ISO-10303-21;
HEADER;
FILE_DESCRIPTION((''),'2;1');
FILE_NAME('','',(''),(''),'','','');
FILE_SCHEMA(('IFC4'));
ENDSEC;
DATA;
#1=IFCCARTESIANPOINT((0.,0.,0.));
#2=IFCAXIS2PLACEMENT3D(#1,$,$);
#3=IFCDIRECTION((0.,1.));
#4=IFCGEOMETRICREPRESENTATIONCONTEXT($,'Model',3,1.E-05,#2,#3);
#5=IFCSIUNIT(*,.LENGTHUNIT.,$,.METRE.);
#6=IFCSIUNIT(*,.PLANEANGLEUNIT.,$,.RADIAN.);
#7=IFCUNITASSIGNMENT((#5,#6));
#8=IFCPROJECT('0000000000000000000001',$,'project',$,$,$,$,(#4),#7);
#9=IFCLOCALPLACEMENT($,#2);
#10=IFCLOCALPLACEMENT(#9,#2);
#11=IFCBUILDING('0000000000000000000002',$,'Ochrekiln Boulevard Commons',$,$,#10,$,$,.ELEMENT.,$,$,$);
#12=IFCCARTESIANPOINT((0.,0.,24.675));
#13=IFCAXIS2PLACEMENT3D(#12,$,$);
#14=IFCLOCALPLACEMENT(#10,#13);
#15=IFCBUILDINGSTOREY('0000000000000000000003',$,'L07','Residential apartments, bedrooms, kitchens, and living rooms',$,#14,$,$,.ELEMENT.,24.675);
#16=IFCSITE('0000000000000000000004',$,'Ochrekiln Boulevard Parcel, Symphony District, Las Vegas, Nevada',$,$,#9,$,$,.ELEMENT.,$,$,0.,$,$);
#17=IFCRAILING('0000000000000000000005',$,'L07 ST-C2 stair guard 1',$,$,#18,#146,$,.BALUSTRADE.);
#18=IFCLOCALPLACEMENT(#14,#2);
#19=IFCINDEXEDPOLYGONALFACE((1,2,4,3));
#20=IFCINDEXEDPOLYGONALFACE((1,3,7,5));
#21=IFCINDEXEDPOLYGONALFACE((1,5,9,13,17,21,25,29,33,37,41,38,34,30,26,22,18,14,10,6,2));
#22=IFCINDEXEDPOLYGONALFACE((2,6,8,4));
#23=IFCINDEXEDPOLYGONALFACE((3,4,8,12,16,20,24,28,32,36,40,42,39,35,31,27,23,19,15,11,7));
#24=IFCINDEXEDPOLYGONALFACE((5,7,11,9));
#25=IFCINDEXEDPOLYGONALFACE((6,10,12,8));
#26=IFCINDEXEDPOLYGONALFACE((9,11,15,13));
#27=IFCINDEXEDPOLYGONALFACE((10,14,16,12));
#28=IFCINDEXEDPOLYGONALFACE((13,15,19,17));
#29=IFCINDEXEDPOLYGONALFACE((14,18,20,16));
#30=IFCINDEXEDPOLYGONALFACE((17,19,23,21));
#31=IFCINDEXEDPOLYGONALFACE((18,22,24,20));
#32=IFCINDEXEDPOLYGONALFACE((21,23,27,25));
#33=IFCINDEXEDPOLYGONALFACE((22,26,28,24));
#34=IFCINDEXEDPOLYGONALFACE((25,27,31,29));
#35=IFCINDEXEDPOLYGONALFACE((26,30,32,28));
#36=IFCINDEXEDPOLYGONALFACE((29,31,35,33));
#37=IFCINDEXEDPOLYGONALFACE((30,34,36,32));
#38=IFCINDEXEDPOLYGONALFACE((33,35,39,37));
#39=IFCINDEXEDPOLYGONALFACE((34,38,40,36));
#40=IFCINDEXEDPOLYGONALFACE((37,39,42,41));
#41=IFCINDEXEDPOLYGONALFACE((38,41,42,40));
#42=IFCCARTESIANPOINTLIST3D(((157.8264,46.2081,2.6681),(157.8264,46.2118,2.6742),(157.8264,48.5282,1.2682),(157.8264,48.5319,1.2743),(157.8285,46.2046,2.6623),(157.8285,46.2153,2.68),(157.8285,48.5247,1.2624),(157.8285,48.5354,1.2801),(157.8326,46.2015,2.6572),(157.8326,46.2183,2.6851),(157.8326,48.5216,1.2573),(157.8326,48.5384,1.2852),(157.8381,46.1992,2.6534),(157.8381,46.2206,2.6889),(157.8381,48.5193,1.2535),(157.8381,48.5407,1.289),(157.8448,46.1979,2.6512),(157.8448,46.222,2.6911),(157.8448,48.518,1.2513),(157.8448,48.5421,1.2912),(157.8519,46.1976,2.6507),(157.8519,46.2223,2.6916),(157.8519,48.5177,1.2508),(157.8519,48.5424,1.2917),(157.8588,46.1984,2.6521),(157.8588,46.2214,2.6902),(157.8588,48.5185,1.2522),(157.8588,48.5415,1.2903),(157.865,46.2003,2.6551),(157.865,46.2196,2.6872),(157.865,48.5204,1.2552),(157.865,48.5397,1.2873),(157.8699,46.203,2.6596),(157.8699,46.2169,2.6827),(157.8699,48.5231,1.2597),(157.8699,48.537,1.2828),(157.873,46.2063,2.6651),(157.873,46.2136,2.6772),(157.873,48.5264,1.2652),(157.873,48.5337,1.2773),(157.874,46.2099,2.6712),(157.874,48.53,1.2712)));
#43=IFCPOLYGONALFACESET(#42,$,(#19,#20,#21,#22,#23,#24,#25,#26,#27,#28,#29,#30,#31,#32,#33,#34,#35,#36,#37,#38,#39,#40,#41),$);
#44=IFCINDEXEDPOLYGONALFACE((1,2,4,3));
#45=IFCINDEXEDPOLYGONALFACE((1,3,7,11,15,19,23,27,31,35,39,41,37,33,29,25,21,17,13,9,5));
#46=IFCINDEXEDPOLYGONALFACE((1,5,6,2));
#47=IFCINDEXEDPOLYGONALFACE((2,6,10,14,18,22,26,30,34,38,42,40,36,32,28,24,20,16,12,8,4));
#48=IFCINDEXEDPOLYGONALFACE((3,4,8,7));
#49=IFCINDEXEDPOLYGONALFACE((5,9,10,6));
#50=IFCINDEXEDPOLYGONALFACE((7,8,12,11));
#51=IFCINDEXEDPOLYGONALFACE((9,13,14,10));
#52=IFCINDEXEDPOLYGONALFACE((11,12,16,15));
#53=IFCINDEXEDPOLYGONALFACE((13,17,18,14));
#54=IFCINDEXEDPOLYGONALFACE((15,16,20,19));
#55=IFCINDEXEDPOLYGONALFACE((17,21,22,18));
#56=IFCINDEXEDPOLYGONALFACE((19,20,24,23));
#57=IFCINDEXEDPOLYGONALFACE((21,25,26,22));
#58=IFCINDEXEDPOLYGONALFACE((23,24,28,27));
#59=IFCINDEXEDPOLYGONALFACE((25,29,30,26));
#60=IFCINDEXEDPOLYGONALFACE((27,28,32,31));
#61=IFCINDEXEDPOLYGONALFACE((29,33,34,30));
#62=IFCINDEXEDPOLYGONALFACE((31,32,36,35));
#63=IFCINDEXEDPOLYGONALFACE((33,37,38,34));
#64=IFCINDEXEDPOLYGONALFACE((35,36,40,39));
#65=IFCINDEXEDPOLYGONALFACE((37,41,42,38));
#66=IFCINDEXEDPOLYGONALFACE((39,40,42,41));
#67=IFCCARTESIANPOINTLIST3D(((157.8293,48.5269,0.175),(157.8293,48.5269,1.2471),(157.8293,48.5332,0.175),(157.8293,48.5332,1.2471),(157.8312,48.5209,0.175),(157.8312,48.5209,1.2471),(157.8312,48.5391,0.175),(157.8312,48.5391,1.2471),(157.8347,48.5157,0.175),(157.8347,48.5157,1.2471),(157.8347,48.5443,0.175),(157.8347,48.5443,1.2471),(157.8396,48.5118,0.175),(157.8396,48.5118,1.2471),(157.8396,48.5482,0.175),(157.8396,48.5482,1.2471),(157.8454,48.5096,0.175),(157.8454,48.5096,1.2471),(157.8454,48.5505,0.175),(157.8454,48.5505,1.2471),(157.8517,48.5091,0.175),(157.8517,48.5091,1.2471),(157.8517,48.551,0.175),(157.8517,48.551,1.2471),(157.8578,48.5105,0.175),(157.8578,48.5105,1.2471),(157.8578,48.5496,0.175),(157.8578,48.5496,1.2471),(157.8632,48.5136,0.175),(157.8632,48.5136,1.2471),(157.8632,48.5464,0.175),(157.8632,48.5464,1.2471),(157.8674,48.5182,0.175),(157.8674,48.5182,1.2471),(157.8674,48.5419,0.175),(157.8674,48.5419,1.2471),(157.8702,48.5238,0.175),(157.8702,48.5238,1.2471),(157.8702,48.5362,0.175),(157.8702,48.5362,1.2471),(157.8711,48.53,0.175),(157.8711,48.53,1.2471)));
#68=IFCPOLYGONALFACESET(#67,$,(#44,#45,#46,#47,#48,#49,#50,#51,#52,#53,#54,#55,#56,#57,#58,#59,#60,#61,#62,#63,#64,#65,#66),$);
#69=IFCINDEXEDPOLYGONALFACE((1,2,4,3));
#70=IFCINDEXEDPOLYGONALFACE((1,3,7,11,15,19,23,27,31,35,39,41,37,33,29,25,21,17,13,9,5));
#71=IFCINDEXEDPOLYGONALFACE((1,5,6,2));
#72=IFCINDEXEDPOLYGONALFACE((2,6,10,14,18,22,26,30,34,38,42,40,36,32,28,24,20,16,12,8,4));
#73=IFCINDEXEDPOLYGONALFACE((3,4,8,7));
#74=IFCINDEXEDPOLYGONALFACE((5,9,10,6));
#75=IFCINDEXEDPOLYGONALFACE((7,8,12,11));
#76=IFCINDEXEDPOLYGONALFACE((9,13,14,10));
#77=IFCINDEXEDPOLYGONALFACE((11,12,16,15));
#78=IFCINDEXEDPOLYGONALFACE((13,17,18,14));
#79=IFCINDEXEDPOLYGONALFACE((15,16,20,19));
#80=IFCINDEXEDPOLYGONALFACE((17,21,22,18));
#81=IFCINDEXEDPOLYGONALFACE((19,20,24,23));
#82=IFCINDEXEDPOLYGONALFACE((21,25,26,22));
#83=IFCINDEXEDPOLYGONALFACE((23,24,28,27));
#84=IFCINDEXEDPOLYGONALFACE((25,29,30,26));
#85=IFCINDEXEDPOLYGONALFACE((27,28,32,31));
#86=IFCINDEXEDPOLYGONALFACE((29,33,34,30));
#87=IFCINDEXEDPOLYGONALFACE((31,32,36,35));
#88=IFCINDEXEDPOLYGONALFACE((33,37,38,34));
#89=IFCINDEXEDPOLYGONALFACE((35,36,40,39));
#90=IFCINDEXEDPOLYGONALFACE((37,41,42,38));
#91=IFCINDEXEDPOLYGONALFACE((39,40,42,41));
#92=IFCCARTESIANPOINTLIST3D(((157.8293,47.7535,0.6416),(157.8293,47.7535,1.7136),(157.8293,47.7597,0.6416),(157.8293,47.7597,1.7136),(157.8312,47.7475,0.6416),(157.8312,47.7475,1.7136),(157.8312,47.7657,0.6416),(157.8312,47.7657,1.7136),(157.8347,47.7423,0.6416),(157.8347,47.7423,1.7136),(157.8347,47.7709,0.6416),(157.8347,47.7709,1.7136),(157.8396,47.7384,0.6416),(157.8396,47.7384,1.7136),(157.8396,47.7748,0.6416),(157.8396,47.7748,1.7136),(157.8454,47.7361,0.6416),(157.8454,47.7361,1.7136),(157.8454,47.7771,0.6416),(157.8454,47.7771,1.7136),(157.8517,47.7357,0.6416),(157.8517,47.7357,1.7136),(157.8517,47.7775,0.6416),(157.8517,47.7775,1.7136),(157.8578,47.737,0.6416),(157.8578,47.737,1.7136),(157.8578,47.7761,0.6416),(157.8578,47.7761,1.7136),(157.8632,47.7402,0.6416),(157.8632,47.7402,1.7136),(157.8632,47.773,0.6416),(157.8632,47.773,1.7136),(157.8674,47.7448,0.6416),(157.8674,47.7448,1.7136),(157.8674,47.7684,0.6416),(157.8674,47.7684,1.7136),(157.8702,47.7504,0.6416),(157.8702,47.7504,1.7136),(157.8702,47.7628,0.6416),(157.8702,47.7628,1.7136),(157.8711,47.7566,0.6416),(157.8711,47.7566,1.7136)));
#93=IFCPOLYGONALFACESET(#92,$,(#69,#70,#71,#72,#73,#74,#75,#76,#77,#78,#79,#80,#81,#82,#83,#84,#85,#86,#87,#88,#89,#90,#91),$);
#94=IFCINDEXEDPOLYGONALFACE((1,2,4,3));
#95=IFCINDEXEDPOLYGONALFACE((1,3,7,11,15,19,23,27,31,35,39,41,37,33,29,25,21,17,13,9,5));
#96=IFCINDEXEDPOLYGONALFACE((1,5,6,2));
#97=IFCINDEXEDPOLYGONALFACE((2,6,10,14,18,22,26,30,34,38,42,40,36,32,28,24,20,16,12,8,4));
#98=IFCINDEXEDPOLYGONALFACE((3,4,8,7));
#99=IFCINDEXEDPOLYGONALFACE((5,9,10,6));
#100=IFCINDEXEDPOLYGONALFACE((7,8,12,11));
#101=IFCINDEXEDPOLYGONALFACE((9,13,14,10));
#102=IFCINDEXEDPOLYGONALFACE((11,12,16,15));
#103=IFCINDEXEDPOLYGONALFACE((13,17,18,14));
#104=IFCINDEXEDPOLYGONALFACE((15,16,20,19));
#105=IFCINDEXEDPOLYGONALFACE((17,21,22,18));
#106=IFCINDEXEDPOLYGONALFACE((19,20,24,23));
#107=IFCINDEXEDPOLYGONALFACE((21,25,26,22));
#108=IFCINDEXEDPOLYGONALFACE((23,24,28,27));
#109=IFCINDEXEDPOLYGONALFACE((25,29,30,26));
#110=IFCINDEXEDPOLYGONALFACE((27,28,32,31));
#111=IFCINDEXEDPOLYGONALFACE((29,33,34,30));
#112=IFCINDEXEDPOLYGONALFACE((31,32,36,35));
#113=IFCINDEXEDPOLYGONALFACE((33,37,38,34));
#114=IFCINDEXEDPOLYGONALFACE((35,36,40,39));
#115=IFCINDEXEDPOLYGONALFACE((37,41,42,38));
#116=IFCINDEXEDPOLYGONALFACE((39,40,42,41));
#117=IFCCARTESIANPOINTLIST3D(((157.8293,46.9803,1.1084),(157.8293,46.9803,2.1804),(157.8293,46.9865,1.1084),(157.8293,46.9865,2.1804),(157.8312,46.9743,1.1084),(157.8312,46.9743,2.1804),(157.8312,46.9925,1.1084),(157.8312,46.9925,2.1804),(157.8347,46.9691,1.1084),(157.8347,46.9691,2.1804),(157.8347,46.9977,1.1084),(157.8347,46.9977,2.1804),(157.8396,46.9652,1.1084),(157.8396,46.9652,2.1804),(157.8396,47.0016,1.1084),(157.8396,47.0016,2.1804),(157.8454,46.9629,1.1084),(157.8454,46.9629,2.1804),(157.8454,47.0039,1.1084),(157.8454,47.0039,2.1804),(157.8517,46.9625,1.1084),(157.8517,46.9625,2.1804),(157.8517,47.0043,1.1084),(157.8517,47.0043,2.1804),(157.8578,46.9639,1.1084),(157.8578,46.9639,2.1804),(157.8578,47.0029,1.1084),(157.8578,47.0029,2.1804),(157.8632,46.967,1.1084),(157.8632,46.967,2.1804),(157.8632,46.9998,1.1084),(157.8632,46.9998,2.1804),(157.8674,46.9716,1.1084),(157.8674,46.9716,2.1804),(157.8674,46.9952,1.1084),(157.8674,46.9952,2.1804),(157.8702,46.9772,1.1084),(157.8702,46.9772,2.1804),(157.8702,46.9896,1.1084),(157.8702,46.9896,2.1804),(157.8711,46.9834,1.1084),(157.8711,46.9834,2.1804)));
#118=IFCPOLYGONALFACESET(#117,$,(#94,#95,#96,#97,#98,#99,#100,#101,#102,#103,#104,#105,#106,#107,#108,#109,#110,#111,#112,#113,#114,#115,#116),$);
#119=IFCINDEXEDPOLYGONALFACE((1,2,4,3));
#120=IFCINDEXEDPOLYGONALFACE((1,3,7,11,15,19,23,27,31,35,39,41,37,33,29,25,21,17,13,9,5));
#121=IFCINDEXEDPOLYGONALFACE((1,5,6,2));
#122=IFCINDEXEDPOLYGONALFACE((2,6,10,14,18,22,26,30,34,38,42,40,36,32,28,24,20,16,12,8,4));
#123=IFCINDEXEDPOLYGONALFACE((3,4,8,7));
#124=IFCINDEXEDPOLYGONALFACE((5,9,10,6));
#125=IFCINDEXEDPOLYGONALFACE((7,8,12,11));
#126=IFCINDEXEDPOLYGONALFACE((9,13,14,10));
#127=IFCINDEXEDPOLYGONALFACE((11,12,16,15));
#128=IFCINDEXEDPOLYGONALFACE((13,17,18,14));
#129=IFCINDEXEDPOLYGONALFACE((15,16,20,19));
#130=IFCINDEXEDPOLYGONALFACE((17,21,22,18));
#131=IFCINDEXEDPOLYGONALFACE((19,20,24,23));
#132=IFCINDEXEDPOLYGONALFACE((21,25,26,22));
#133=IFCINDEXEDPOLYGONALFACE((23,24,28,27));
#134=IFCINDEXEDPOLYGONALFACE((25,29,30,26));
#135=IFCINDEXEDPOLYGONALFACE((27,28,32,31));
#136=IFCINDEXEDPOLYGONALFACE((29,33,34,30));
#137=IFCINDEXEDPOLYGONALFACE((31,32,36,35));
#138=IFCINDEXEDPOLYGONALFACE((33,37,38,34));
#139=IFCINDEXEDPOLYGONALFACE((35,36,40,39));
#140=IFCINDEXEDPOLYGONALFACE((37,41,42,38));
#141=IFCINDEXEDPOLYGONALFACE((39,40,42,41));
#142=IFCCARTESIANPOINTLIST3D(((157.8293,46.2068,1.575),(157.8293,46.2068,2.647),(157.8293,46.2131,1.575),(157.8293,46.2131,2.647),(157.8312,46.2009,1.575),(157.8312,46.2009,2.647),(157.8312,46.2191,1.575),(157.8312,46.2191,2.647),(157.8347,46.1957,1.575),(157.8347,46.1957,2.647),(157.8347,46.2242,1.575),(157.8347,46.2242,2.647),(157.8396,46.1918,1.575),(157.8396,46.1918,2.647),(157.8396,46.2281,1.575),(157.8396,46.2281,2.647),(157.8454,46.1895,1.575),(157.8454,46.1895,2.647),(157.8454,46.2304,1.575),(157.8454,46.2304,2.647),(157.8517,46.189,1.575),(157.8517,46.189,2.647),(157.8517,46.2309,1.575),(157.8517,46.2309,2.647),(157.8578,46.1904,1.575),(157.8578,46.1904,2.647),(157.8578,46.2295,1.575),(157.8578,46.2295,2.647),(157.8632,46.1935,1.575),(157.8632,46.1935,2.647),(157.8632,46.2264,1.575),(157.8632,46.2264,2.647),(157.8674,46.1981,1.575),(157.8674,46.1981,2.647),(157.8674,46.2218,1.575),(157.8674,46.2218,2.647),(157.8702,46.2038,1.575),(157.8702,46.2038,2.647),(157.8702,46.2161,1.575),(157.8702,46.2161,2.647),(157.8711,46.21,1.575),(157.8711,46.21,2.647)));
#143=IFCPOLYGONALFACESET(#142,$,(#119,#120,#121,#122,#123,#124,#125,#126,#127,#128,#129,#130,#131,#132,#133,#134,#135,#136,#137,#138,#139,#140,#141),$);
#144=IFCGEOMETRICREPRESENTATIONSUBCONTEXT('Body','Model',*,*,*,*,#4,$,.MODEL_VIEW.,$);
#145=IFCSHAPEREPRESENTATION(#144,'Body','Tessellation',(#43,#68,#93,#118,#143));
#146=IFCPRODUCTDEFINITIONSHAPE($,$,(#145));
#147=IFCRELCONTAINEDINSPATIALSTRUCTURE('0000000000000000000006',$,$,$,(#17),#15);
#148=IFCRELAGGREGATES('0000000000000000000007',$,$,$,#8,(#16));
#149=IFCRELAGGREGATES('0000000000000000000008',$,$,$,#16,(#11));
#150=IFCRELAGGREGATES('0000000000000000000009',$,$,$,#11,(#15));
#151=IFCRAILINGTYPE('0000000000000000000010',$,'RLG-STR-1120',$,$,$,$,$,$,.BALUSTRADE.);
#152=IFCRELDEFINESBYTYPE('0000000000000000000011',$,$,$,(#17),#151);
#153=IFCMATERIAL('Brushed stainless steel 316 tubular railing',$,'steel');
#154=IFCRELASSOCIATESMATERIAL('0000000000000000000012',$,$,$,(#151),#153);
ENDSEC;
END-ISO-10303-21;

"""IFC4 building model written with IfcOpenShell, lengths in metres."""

from ifc_helpers import new_model, si_unit, direction, frame, origin, origin_2d, place, context, subcontext, project, spatial, circle, extrude, material, type_object, element, save


model = new_model("IFC4")

# Units and contexts
model_context = context("Model", 3, precision=1e-05, world=origin(), true_north=direction((0.0, 1.0)))
body_context = subcontext(model_context, "Body", "Model", "MODEL_VIEW")
ifc_project = project(units=[si_unit("LENGTHUNIT", "METRE"), si_unit("PLANEANGLEUNIT", "RADIAN")], contexts=[model_context])

# Site, building, storey
site_placement = place(None, origin())
site = spatial("IfcSite", under=ifc_project, at=site_placement, Name="Ochrekiln Boulevard Parcel, Symphony District, Las Vegas, Nevada", CompositionType="ELEMENT", RefElevation=0.0)
building_placement = place(site_placement, origin())
building = spatial("IfcBuilding", under=site, at=building_placement, Name="Ochrekiln Boulevard Commons", CompositionType="ELEMENT")
storey_placement = place(building_placement, frame((0.0, 0.0, 24.675)))
storey = spatial("IfcBuildingStorey", under=building, at=storey_placement, Name="L07", Description="Residential apartments, bedrooms, kitchens, and living rooms", CompositionType="ELEMENT", Elevation=24.675)

# Railing
ifc_material_1 = material(Name="Brushed stainless steel 316 tubular railing", Category="steel")
railing_type_1 = type_object("IfcRailingType", Name="RLG-STR-1120", PredefinedType="BALUSTRADE", material=ifc_material_1)
railing_1_placement = place(storey_placement, frame((157.8501, 48.53, 0.175)))
element("IfcRailing", 1, at=railing_1_placement, inside=storey, type_object=railing_type_1, Name="L07 ST-C2 stair guard 1", PredefinedType="BALUSTRADE", context=body_context, shape_type="SweptSolid", body=[
    extrude(circle(Radius=0.0239, at=origin_2d()), frame((0.0, 0.0, 1.0962), z_axis=(0.0, -0.85621, 0.516627), x_axis=(1.0, 0.0, 0.0)), (0.0, 0.0, 1.0), 2.7097),
    extrude(circle(Radius=0.021, at=origin_2d()), origin(), (0.0, 0.0, 1.0), 1.072),
    extrude(circle(Radius=0.021, at=origin_2d()), frame((0.0, -0.7734, 0.4666)), (0.0, 0.0, 1.0), 1.072),
    extrude(circle(Radius=0.021, at=origin_2d()), frame((0.0, -1.5466, 0.9333)), (0.0, 0.0, 1.0), 1.072),
    extrude(circle(Radius=0.021, at=origin_2d()), frame((0.0, -2.3201, 1.3999)), (0.0, 0.0, 1.0), 1.072),
])

save(model, "model.ifc")
